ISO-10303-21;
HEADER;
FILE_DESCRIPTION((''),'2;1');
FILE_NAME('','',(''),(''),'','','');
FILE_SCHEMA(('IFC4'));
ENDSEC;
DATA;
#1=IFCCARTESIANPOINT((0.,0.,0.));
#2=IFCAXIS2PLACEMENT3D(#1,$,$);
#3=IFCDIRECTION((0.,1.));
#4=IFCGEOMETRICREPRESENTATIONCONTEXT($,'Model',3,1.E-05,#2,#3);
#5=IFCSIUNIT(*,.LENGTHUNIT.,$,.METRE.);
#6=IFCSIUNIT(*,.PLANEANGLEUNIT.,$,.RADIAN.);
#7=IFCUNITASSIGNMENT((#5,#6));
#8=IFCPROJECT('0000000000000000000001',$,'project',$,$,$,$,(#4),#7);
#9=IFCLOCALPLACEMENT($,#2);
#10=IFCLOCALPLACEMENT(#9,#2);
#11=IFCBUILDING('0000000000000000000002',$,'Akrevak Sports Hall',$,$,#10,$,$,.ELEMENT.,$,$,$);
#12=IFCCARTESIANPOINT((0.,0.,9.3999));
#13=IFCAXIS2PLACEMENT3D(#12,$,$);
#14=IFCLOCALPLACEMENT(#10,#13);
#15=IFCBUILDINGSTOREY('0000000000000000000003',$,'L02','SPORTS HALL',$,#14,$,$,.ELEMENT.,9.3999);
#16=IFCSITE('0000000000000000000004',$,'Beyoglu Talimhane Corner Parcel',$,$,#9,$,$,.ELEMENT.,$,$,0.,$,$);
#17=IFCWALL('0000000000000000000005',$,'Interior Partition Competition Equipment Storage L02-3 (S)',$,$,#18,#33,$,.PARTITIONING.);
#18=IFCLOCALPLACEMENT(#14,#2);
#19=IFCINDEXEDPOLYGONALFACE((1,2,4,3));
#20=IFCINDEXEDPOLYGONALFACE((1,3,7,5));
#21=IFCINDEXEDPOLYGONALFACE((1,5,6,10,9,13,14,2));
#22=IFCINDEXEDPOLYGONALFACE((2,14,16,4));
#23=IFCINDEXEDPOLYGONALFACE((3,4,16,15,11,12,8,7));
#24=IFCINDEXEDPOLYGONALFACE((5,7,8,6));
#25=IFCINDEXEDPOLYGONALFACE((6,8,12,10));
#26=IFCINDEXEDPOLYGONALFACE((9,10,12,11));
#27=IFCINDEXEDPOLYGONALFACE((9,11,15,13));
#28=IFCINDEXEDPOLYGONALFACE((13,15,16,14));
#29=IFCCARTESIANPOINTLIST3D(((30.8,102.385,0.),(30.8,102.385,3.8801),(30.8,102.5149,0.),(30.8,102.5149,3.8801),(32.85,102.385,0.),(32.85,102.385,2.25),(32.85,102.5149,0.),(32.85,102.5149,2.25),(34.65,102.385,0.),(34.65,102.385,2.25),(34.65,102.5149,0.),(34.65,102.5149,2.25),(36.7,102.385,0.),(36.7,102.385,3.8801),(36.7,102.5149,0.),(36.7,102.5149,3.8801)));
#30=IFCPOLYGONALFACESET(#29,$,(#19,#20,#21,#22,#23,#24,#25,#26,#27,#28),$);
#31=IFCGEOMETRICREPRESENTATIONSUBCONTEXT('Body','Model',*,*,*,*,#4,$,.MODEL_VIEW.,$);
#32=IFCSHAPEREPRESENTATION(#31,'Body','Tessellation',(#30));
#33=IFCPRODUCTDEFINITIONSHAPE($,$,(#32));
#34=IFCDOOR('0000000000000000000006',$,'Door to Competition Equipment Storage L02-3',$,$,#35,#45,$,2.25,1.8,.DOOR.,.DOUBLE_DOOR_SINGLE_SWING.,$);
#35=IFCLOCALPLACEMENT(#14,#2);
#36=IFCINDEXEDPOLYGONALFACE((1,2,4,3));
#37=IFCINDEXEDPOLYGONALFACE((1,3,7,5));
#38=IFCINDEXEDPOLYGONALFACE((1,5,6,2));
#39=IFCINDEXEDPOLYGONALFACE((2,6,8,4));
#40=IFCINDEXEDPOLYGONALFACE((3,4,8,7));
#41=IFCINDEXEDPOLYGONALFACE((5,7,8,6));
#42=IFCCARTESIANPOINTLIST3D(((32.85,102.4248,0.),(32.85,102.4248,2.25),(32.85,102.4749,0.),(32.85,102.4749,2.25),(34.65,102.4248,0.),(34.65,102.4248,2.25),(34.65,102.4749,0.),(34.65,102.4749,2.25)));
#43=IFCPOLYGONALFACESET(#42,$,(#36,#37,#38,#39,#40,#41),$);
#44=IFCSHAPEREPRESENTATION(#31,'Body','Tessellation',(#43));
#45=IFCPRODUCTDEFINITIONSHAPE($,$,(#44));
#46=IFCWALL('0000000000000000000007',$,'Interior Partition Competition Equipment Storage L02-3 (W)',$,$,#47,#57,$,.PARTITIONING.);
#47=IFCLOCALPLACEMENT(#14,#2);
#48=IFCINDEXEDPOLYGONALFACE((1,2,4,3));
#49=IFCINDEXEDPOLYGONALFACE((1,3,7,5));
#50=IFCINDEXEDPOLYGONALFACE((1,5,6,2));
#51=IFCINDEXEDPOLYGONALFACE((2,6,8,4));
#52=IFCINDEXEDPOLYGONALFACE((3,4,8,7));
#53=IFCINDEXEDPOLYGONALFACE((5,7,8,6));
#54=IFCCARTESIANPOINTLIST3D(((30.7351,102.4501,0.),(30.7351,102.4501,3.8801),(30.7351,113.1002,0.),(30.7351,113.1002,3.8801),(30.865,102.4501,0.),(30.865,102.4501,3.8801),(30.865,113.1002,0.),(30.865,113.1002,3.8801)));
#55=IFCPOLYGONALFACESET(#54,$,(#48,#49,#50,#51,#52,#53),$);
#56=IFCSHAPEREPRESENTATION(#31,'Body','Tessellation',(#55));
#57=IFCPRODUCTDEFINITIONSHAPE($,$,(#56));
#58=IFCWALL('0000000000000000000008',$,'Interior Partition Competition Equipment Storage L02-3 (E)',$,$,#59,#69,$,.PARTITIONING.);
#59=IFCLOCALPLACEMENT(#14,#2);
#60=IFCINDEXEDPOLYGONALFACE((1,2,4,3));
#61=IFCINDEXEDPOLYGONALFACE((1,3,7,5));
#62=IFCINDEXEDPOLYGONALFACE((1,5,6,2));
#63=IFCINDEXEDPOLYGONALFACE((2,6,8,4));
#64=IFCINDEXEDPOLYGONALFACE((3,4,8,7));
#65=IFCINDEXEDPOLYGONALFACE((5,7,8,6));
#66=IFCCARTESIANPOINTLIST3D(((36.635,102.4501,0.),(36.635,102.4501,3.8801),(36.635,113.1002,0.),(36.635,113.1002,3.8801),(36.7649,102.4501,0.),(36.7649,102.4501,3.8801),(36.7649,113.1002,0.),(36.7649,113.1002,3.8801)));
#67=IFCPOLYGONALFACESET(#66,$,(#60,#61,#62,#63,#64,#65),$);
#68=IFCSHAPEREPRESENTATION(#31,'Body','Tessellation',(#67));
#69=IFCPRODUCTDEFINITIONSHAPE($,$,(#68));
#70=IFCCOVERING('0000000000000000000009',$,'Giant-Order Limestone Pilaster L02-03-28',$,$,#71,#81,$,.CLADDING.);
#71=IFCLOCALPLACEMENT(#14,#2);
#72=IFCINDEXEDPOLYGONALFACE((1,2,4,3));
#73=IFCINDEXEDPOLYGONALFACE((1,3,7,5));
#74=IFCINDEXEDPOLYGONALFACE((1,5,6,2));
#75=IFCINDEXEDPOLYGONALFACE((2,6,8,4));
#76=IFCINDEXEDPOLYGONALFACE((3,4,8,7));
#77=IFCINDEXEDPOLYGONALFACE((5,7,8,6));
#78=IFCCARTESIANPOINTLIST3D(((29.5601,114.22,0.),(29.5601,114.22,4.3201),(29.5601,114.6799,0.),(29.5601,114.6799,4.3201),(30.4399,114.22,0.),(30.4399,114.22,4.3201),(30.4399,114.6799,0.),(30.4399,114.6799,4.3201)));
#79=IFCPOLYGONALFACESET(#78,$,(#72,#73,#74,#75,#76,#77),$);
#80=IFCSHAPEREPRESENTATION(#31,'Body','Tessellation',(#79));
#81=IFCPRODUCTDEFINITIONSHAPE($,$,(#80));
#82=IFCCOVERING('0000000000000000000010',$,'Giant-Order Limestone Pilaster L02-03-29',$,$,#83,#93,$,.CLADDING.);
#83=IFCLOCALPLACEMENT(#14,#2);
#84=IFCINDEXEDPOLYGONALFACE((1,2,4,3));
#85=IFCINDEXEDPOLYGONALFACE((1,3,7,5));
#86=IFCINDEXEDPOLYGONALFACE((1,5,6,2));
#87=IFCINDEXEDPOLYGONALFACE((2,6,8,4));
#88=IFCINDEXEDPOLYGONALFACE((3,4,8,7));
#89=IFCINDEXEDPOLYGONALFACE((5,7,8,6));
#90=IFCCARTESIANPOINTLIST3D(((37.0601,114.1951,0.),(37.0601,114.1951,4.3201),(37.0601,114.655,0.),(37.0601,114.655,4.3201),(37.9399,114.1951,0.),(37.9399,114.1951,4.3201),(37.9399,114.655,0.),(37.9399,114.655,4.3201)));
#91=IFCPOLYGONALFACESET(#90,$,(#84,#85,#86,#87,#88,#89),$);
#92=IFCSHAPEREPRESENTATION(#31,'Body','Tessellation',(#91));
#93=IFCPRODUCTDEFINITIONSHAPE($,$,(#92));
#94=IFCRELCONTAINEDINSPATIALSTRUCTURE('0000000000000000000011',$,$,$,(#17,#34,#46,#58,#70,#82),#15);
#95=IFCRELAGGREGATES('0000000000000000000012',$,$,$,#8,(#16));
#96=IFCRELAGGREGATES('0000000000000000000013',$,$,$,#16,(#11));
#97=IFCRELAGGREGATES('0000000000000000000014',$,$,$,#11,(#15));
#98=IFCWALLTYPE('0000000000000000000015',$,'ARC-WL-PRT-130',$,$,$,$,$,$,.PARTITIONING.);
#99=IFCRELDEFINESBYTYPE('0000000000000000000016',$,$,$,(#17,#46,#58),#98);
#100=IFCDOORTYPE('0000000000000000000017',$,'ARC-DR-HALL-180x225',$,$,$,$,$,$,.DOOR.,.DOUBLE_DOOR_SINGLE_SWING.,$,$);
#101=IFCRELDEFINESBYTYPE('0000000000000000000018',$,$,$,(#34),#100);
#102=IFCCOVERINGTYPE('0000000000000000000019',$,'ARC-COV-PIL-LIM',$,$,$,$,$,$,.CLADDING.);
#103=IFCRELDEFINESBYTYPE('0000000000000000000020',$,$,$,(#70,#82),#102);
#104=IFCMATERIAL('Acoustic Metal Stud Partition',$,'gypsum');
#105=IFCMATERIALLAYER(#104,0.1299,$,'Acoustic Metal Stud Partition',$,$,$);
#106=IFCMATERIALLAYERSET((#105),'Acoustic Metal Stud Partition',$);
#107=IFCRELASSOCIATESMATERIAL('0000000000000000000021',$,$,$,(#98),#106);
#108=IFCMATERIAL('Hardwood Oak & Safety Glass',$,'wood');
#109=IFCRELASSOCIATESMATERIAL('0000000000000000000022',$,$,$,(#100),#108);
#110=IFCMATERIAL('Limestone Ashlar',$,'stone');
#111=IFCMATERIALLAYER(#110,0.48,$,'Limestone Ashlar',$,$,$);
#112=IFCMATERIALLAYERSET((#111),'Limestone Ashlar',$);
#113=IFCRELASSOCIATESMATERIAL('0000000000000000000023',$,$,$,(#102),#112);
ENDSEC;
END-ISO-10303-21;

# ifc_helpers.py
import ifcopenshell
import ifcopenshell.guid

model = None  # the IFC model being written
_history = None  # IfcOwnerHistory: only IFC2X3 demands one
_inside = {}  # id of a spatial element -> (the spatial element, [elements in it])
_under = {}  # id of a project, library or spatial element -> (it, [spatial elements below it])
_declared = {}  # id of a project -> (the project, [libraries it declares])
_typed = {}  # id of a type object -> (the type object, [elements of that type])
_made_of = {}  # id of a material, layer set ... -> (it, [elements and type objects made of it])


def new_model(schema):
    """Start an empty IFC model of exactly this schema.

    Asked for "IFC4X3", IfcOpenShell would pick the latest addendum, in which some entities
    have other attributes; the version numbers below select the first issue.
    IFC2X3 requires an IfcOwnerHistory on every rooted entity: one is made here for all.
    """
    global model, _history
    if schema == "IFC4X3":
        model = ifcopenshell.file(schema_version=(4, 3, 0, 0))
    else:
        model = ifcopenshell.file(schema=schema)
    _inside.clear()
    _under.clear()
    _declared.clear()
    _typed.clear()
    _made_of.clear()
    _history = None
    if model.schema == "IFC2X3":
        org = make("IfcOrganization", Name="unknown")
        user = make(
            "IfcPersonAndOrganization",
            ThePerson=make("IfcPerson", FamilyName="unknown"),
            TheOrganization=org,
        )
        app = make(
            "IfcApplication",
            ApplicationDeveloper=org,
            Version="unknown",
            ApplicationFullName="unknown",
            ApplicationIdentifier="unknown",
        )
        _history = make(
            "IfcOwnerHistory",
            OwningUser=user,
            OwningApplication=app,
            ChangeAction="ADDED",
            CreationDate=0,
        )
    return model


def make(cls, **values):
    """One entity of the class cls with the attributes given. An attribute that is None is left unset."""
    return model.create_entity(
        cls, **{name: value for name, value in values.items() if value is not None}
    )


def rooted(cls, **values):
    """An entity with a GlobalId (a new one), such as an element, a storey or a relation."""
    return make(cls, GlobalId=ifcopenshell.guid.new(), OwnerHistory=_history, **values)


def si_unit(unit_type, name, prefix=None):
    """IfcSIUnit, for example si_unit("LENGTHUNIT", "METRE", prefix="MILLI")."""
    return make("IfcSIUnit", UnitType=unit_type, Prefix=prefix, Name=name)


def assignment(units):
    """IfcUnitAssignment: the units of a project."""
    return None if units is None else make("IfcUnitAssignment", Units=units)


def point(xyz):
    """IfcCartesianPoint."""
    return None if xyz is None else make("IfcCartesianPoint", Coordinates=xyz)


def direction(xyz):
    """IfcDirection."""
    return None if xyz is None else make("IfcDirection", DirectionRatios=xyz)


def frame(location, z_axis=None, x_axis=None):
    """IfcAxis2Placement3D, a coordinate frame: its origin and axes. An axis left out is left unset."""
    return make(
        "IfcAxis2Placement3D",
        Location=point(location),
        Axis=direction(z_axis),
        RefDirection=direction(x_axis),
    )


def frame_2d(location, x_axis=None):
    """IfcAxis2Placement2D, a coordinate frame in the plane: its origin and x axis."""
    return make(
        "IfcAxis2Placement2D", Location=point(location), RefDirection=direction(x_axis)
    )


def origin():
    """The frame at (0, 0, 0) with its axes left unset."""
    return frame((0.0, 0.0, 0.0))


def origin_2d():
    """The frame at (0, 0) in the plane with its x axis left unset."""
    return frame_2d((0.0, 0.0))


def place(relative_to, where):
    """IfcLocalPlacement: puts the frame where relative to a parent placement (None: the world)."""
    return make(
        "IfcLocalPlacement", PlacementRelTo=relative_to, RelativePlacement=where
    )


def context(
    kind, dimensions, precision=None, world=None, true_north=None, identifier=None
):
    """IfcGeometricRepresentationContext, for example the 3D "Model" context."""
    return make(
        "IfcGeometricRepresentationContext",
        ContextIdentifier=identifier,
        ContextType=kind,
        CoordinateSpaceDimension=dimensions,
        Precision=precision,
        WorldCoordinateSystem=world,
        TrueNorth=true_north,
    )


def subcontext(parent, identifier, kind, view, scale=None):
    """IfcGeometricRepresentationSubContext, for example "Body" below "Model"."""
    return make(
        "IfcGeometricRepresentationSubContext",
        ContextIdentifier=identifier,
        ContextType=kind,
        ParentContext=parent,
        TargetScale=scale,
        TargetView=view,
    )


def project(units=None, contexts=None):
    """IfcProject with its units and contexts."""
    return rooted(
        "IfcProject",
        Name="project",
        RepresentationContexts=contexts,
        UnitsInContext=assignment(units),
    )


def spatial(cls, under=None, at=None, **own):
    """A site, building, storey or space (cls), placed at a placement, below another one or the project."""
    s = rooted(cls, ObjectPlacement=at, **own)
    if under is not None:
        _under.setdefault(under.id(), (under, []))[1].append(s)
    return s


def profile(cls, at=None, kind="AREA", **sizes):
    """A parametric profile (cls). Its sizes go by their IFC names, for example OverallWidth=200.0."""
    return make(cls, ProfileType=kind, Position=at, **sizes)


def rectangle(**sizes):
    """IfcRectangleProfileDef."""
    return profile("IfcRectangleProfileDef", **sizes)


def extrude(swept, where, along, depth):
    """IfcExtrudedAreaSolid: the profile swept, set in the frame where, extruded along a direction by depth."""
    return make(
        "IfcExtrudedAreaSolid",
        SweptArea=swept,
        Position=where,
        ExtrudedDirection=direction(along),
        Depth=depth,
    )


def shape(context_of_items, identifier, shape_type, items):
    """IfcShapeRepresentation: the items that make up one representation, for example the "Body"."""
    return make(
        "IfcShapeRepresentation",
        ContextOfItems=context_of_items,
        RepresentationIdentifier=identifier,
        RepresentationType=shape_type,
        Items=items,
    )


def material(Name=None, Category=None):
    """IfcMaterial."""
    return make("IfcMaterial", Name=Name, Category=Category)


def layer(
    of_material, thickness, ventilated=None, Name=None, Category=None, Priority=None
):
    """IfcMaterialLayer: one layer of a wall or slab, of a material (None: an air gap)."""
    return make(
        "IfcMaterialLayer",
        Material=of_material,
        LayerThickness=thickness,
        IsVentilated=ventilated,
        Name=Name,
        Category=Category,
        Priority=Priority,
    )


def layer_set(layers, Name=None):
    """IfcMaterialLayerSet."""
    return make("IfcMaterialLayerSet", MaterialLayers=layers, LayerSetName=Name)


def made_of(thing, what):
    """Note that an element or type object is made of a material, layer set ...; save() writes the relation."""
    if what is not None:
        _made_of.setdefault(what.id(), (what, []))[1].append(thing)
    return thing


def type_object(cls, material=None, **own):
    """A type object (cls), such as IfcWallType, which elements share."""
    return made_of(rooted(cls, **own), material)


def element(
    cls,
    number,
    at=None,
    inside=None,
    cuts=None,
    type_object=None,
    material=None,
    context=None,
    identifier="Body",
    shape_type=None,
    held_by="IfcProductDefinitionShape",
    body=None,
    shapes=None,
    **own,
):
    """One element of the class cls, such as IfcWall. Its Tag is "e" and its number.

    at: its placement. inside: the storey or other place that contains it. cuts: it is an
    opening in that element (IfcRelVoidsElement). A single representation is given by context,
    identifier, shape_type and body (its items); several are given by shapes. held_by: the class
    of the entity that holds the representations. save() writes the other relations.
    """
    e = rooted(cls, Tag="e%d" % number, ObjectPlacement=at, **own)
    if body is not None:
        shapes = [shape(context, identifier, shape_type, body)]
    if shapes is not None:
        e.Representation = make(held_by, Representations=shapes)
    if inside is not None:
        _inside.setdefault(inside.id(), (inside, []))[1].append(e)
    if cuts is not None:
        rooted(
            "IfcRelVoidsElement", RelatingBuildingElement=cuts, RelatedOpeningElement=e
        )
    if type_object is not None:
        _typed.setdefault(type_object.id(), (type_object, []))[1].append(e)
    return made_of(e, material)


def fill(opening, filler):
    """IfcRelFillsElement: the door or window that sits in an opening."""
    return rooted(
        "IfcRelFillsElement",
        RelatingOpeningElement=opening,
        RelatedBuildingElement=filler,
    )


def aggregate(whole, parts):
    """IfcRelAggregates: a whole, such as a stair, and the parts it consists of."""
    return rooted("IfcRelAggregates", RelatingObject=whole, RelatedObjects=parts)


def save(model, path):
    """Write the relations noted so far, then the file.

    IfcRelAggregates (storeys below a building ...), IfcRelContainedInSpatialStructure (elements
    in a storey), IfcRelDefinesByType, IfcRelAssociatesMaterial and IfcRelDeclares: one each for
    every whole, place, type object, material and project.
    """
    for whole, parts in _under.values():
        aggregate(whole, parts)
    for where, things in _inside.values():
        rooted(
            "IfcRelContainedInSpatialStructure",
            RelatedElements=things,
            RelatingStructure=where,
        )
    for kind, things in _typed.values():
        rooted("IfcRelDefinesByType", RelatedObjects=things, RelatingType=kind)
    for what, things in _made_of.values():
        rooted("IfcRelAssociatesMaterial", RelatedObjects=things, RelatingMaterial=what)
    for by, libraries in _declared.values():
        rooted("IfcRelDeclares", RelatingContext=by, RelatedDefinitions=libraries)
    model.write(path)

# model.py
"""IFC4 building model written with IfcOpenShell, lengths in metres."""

from ifc_helpers import new_model, si_unit, direction, frame, frame_2d, origin, origin_2d, place, context, subcontext, project, spatial, rectangle, extrude, material, layer, layer_set, type_object, element, fill, save


model = new_model("IFC4")

# Units and contexts
model_context = context("Model", 3, precision=1e-05, world=origin(), true_north=direction((0.0, 1.0)))
body_context = subcontext(model_context, "Body", "Model", "MODEL_VIEW")
ifc_project = project(units=[si_unit("LENGTHUNIT", "METRE"), si_unit("PLANEANGLEUNIT", "RADIAN")], contexts=[model_context])

# Site, building, storey
site_placement = place(None, origin())
site = spatial("IfcSite", under=ifc_project, at=site_placement, Name="Beyoglu Talimhane Corner Parcel", CompositionType="ELEMENT", RefElevation=0.0)
building_placement = place(site_placement, origin())
building = spatial("IfcBuilding", under=site, at=building_placement, Name="Akrevak Sports Hall", CompositionType="ELEMENT")
storey_placement = place(building_placement, frame((0.0, 0.0, 9.3999)))
storey = spatial("IfcBuildingStorey", under=building, at=storey_placement, Name="L02", Description="SPORTS HALL", CompositionType="ELEMENT", Elevation=9.3999)

# Shared definitions
ifc_material_1 = material(Name="Limestone Ashlar", Category="stone")

# Wall, opening, door
ifc_material_2 = material(Name="Acoustic Metal Stud Partition", Category="gypsum")
ifc_layer_1 = layer(ifc_material_2, 0.1299, Name="Acoustic Metal Stud Partition")
ifc_layer_set_1 = layer_set([ifc_layer_1], Name="Acoustic Metal Stud Partition")
wall_type_1 = type_object("IfcWallType", Name="ARC-WL-PRT-130", PredefinedType="PARTITIONING", material=ifc_layer_set_1)
wall_1_placement = place(storey_placement, frame((30.8, 102.45, 0.0), z_axis=(0.0, 0.0, 1.0), x_axis=(1.0, 0.0, 0.0)))
wall_1 = element("IfcWall", 1, at=wall_1_placement, inside=storey, type_object=wall_type_1, Name="Interior Partition Competition Equipment Storage L02-3 (S)", PredefinedType="PARTITIONING", context=body_context, shape_type="SweptSolid", body=[
    extrude(rectangle(XDim=5.8999, YDim=0.1299, at=frame_2d((2.95, 0.0))), origin(), (0.0, 0.0, 1.0), 3.8801),
])
opening_1_placement = place(wall_1_placement, frame((2.05, 0.0, 0.0)))
opening_1 = element("IfcOpeningElement", 2, at=opening_1_placement, cuts=wall_1, PredefinedType="OPENING", context=body_context, shape_type="SweptSolid", body=[
    extrude(rectangle(XDim=1.8, YDim=2.25, at=frame_2d((0.8999, 1.125))), frame((0.0, 0.0769, 0.0), z_axis=(0.0, -1.0, 0.0), x_axis=(1.0, 0.0, 0.0)), (0.0, 0.0, 1.0), 0.1538),
])
ifc_material_3 = material(Name="Hardwood Oak & Safety Glass", Category="wood")
door_type = type_object("IfcDoorType", Name="ARC-DR-HALL-180x225", OperationType="DOUBLE_DOOR_SINGLE_SWING", PredefinedType="DOOR", material=ifc_material_3)
door_placement = place(opening_1_placement, origin())
door = element("IfcDoor", 3, at=door_placement, inside=storey, type_object=door_type, Name="Door to Competition Equipment Storage L02-3", OperationType="DOUBLE_DOOR_SINGLE_SWING", OverallHeight=2.25, OverallWidth=1.8, PredefinedType="DOOR", context=body_context, shape_type="SweptSolid", body=[
    extrude(rectangle(XDim=1.8, YDim=2.25, at=frame_2d((0.8999, 1.125))), frame((0.0, 0.0249, 0.0), z_axis=(0.0, -1.0, 0.0), x_axis=(1.0, 0.0, 0.0)), (0.0, 0.0, 1.0), 0.05),
])
fill(opening_1, door)

# Walls
for number, where, z_axis, x_axis, name in (
    (4, (30.8, 102.45, 0.0), (0.0, 0.0, 1.0), (0.0, 1.0, 0.0), "Interior Partition Competition Equipment Storage L02-3 (W)"),
    (5, (36.7, 102.45, 0.0), (0.0, 0.0, 1.0), (0.0, 1.0, 0.0), "Interior Partition Competition Equipment Storage L02-3 (E)"),
):
    element("IfcWall", number, at=place(storey_placement, frame(where, z_axis=z_axis, x_axis=x_axis)), inside=storey, type_object=wall_type_1, Name=name, PredefinedType="PARTITIONING", context=body_context, shape_type="SweptSolid", body=[
        extrude(rectangle(XDim=10.6501, YDim=0.1299, at=frame_2d((5.3252, 0.0))), origin(), (0.0, 0.0, 1.0), 3.8801),
    ])

# Coverings
ifc_layer_2 = layer(ifc_material_1, 0.48, Name="Limestone Ashlar")
ifc_layer_set_2 = layer_set([ifc_layer_2], Name="Limestone Ashlar")
covering_type = type_object("IfcCoveringType", Name="ARC-COV-PIL-LIM", PredefinedType="CLADDING", material=ifc_layer_set_2)
for number, where, z_axis, x_axis, name in (
    (6, (30.0, 114.45, 0.0), (0.0, 0.0, 1.0), (-1.0, 0.0, 0.0), "Giant-Order Limestone Pilaster L02-03-28"),
    (7, (37.5, 114.425, 0.0), (0.0, 0.0, 1.0), (-1.0, 0.0, 0.0), "Giant-Order Limestone Pilaster L02-03-29"),
):
    element("IfcCovering", number, at=place(storey_placement, frame(where, z_axis=z_axis, x_axis=x_axis)), inside=storey, type_object=covering_type, Name=name, PredefinedType="CLADDING", context=body_context, shape_type="SweptSolid", body=[
        extrude(rectangle(XDim=0.8799, YDim=0.46, at=origin_2d()), origin(), (0.0, 0.0, 1.0), 4.3201),
    ])

save(model, "model.ifc")
